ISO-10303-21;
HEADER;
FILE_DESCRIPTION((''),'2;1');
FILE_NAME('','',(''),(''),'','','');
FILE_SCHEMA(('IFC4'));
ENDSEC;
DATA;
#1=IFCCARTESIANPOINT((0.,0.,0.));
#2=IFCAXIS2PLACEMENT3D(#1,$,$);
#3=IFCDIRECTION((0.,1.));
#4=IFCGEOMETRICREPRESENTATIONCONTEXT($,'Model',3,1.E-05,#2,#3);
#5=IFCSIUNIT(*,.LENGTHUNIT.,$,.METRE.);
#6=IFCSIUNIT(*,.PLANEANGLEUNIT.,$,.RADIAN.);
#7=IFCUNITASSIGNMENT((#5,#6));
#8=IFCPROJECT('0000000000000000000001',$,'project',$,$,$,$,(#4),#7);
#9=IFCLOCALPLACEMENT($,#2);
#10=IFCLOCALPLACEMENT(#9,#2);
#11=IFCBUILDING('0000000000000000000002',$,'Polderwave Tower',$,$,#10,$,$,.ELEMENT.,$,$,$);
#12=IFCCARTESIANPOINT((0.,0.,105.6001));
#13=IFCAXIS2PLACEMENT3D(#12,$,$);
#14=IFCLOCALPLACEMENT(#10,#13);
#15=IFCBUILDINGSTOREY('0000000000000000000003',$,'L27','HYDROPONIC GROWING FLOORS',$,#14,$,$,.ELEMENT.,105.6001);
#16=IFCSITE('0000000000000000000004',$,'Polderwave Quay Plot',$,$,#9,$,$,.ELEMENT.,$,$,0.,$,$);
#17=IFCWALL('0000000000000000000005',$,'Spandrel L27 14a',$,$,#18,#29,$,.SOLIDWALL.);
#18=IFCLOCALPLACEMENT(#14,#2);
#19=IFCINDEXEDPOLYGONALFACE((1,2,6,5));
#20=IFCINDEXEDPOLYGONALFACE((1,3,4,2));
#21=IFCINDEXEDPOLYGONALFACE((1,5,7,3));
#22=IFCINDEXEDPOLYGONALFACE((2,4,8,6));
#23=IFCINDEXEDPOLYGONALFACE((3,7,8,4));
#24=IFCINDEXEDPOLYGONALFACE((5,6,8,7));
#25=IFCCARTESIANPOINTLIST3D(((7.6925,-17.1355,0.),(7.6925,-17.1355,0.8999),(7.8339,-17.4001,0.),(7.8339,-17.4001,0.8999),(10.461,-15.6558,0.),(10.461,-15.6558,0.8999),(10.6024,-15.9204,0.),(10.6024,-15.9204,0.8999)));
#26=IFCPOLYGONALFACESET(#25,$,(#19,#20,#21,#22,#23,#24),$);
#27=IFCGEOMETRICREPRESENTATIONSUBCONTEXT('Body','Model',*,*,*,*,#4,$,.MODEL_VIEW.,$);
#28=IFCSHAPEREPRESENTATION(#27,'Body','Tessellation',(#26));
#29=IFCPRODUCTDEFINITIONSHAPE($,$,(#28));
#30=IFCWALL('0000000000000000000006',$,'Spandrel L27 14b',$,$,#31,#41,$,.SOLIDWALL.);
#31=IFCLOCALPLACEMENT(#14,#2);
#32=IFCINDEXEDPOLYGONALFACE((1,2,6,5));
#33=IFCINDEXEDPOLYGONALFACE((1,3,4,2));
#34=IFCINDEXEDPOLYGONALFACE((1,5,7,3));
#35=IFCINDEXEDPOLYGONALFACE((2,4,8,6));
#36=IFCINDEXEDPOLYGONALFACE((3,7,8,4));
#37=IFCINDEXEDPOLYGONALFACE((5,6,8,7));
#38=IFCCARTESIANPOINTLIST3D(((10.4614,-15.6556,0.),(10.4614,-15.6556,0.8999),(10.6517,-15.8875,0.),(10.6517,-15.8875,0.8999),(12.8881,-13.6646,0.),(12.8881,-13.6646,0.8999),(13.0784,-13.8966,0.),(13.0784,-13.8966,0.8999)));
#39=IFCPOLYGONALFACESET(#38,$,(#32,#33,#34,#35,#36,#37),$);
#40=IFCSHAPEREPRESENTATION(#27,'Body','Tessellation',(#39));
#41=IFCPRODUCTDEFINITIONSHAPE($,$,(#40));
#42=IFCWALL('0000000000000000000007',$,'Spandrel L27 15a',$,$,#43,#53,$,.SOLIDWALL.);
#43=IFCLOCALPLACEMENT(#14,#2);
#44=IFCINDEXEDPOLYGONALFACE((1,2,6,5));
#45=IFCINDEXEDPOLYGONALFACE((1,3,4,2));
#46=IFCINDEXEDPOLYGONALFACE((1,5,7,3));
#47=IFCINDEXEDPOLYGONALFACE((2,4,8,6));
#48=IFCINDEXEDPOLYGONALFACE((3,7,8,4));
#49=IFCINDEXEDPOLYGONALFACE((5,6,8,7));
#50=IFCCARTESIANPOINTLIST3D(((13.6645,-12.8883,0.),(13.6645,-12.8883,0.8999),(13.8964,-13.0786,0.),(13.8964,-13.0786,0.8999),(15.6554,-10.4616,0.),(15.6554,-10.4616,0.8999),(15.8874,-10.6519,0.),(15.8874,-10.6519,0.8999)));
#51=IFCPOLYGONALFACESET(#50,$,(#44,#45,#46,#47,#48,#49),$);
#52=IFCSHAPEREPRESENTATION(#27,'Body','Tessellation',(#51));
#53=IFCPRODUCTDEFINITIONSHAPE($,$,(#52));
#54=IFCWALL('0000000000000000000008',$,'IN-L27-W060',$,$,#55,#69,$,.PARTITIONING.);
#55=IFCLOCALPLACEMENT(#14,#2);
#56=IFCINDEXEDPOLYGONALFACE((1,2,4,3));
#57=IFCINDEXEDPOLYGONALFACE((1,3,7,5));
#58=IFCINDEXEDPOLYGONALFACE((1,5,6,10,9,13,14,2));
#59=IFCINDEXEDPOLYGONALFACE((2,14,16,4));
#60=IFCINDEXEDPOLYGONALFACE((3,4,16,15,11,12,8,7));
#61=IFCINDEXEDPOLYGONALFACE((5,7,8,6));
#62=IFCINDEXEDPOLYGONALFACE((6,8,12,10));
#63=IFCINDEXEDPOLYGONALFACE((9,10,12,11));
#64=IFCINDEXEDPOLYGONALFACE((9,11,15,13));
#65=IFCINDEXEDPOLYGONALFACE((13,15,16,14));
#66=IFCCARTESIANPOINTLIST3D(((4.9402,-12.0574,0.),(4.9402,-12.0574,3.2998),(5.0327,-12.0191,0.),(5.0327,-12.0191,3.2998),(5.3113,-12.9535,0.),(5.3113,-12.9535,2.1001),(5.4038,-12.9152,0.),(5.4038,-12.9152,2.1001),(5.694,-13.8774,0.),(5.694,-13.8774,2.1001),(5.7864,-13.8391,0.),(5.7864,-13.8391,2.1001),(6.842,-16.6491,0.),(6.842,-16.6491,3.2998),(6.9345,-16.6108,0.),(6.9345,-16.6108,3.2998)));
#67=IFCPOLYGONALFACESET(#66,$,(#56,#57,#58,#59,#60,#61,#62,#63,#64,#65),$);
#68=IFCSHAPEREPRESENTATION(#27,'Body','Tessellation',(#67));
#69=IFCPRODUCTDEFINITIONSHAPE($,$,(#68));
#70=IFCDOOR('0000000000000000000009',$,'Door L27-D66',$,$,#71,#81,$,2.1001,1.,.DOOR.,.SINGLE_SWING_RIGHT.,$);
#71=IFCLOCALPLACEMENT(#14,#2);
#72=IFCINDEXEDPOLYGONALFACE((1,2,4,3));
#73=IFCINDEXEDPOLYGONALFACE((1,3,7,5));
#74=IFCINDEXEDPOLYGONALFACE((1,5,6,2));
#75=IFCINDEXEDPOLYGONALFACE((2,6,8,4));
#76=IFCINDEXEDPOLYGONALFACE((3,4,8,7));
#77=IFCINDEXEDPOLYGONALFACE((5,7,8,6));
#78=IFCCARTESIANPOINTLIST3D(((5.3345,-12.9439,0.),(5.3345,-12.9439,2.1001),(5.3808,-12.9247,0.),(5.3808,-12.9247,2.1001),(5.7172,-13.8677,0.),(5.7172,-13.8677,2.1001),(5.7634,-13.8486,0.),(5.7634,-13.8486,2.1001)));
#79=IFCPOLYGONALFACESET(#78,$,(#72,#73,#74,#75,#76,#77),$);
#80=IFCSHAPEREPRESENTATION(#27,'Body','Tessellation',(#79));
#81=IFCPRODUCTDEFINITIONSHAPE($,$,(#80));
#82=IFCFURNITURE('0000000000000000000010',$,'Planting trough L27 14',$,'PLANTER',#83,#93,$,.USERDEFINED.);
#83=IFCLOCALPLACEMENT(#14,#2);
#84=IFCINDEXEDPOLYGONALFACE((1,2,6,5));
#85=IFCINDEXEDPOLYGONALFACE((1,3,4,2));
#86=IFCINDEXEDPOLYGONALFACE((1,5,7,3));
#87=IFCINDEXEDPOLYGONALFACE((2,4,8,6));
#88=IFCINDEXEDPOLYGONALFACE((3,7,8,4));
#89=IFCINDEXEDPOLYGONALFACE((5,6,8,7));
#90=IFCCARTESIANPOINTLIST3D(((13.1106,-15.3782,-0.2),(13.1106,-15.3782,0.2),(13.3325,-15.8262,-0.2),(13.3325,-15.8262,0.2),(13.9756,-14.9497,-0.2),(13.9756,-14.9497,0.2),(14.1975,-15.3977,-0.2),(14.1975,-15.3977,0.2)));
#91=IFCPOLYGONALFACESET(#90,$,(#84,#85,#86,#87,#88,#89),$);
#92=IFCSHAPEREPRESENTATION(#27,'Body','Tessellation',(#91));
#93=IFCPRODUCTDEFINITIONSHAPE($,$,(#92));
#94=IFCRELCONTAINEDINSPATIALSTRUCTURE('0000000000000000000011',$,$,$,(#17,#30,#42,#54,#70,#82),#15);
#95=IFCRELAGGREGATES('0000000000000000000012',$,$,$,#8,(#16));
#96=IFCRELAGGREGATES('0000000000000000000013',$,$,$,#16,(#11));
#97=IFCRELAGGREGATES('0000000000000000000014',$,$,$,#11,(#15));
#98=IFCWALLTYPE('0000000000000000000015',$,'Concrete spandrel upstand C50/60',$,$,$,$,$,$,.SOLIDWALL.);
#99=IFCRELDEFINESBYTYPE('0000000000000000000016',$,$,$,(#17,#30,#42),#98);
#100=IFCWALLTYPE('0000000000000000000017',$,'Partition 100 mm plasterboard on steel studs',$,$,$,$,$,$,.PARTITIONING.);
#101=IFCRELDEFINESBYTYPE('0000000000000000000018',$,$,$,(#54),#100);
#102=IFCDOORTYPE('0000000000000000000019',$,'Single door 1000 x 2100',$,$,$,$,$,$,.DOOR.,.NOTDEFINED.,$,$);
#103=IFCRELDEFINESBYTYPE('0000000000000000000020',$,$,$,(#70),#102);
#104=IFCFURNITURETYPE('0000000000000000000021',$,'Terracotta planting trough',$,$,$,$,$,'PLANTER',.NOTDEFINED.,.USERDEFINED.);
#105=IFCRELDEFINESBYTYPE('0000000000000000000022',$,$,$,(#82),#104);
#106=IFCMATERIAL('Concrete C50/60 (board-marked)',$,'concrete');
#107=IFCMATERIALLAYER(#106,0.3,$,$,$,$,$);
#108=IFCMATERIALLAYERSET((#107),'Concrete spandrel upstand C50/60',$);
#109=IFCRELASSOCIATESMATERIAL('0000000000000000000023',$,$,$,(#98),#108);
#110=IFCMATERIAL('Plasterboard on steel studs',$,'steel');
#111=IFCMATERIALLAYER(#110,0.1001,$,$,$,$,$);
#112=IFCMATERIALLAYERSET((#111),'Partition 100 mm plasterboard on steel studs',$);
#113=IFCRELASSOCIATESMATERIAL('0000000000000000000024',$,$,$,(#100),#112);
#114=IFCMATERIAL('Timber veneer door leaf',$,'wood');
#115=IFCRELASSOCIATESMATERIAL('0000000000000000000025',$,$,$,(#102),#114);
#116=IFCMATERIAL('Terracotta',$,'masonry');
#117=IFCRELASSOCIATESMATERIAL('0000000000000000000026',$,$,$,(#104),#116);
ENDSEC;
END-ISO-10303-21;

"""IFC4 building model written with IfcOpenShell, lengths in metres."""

from ifc_helpers import new_model, si_unit, direction, frame, frame_2d, origin, origin_2d, place, context, subcontext, project, spatial, rectangle, extrude, material, layer, layer_set, type_object, element, fill, save


model = new_model("IFC4")

# Units and contexts
model_context = context("Model", 3, precision=1e-05, world=origin(), true_north=direction((0.0, 1.0)))
body_context = subcontext(model_context, "Body", "Model", "MODEL_VIEW")
ifc_project = project(units=[si_unit("LENGTHUNIT", "METRE"), si_unit("PLANEANGLEUNIT", "RADIAN")], contexts=[model_context])

# Site, building, storey
site_placement = place(None, origin())
site = spatial("IfcSite", under=ifc_project, at=site_placement, Name="Polderwave Quay Plot", CompositionType="ELEMENT", RefElevation=0.0)
building_placement = place(site_placement, origin())
building = spatial("IfcBuilding", under=site, at=building_placement, Name="Polderwave Tower", CompositionType="ELEMENT")
storey_placement = place(building_placement, frame((0.0, 0.0, 105.6001)))
storey = spatial("IfcBuildingStorey", under=building, at=storey_placement, Name="L27", Description="HYDROPONIC GROWING FLOORS", CompositionType="ELEMENT", Elevation=105.6001)

# Walls
ifc_material_1 = material(Name="Concrete C50/60 (board-marked)", Category="concrete")
ifc_layer_1 = layer(ifc_material_1, 0.3)
ifc_layer_set_1 = layer_set([ifc_layer_1], Name="Concrete spandrel upstand C50/60")
wall_type_1 = type_object("IfcWallType", Name="Concrete spandrel upstand C50/60", PredefinedType="SOLIDWALL", material=ifc_layer_set_1)
wall_1_placement = place(storey_placement, frame((7.7632, -17.2678, 0.0), z_axis=(0.0, 0.0, 1.0), x_axis=(0.881933, 0.471375, 0.0)))
element("IfcWall", 1, at=wall_1_placement, inside=storey, type_object=wall_type_1, Name="Spandrel L27 14a", PredefinedType="SOLIDWALL", context=body_context, shape_type="SweptSolid", body=[
    extrude(rectangle(XDim=3.1392, YDim=0.3, at=frame_2d((1.5696, 0.0))), origin(), (0.0, 0.0, 1.0), 0.8999),
])
for number, where, z_axis, x_axis, name in (
    (2, (10.5566, -15.7715, 0.0), (0.0, 0.0, 1.0), (0.773108, 0.634275, 0.0), "Spandrel L27 14b"),
    (3, (13.7805, -12.9834, 0.0), (0.0, 0.0, 1.0), (0.634275, 0.773108, 0.0), "Spandrel L27 15a"),
):
    element("IfcWall", number, at=place(storey_placement, frame(where, z_axis=z_axis, x_axis=x_axis)), inside=storey, type_object=wall_type_1, Name=name, PredefinedType="SOLIDWALL", context=body_context, shape_type="SweptSolid", body=[
        extrude(rectangle(XDim=3.1389, YDim=0.3, at=frame_2d((1.5693, 0.0))), origin(), (0.0, 0.0, 1.0), 0.8999),
    ])

# Wall, opening, door
ifc_material_2 = material(Name="Plasterboard on steel studs", Category="steel")
ifc_layer_2 = layer(ifc_material_2, 0.1001)
ifc_layer_set_2 = layer_set([ifc_layer_2], Name="Partition 100 mm plasterboard on steel studs")
wall_type_2 = type_object("IfcWallType", Name="Partition 100 mm plasterboard on steel studs", PredefinedType="PARTITIONING", material=ifc_layer_set_2)
wall_2_placement = place(storey_placement, frame((6.8882, -16.6299, 0.0), z_axis=(0.0, 0.0, 1.0), x_axis=(-0.382661, 0.923889, 0.0)))
wall_2 = element("IfcWall", 4, at=wall_2_placement, inside=storey, type_object=wall_type_2, Name="IN-L27-W060", PredefinedType="PARTITIONING", context=body_context, shape_type="SweptSolid", body=[
    extrude(rectangle(XDim=4.97, YDim=0.1001, at=frame_2d((2.4849, 0.0))), origin(), (0.0, 0.0, 1.0), 3.2998),
])
opening_placement = place(wall_2_placement, frame((3.0, 0.0, 0.0)))
opening = element("IfcOpeningElement", 5, at=opening_placement, cuts=wall_2, PredefinedType="OPENING", context=body_context, shape_type="SweptSolid", body=[
    extrude(rectangle(XDim=1.0, YDim=2.1001, at=frame_2d((0.5, 1.05))), frame((0.0, 0.0601, 0.0), z_axis=(0.0, -1.0, 0.0), x_axis=(1.0, 0.0, 0.0)), (0.0, 0.0, 1.0), 0.1201),
])
ifc_material_3 = material(Name="Timber veneer door leaf", Category="wood")
door_type = type_object("IfcDoorType", Name="Single door 1000 x 2100", OperationType="NOTDEFINED", PredefinedType="DOOR", material=ifc_material_3)
door_placement = place(opening_placement, origin())
door = element("IfcDoor", 6, at=door_placement, inside=storey, type_object=door_type, Name="Door L27-D66", OperationType="SINGLE_SWING_RIGHT", OverallHeight=2.1001, OverallWidth=1.0, PredefinedType="DOOR", context=body_context, shape_type="SweptSolid", body=[
    extrude(rectangle(XDim=1.0, YDim=2.1001, at=frame_2d((0.5, 1.05))), frame((0.0, 0.0249, 0.0), z_axis=(0.0, -1.0, 0.0), x_axis=(1.0, 0.0, 0.0)), (0.0, 0.0, 1.0), 0.05),
])
fill(opening, door)

# Furniture
ifc_material_4 = material(Name="Terracotta", Category="masonry")
furniture_type = type_object("IfcFurnitureType", Name="Terracotta planting trough", ElementType="PLANTER", AssemblyPlace="NOTDEFINED", PredefinedType="USERDEFINED", material=ifc_material_4)
furniture_placement = place(storey_placement, frame((13.6541, -15.3879, -0.2), z_axis=(0.0, 0.0, 1.0), x_axis=(0.896097, 0.443858, 0.0)))
element("IfcFurniture", 7, at=furniture_placement, inside=storey, type_object=furniture_type, Name="Planting trough L27 14", ObjectType="PLANTER", PredefinedType="USERDEFINED", context=body_context, shape_type="SweptSolid", body=[
    extrude(rectangle(XDim=0.9653, YDim=0.5, at=origin_2d()), origin(), (0.0, 0.0, 1.0), 0.3999),
])

save(model, "model.ifc")
